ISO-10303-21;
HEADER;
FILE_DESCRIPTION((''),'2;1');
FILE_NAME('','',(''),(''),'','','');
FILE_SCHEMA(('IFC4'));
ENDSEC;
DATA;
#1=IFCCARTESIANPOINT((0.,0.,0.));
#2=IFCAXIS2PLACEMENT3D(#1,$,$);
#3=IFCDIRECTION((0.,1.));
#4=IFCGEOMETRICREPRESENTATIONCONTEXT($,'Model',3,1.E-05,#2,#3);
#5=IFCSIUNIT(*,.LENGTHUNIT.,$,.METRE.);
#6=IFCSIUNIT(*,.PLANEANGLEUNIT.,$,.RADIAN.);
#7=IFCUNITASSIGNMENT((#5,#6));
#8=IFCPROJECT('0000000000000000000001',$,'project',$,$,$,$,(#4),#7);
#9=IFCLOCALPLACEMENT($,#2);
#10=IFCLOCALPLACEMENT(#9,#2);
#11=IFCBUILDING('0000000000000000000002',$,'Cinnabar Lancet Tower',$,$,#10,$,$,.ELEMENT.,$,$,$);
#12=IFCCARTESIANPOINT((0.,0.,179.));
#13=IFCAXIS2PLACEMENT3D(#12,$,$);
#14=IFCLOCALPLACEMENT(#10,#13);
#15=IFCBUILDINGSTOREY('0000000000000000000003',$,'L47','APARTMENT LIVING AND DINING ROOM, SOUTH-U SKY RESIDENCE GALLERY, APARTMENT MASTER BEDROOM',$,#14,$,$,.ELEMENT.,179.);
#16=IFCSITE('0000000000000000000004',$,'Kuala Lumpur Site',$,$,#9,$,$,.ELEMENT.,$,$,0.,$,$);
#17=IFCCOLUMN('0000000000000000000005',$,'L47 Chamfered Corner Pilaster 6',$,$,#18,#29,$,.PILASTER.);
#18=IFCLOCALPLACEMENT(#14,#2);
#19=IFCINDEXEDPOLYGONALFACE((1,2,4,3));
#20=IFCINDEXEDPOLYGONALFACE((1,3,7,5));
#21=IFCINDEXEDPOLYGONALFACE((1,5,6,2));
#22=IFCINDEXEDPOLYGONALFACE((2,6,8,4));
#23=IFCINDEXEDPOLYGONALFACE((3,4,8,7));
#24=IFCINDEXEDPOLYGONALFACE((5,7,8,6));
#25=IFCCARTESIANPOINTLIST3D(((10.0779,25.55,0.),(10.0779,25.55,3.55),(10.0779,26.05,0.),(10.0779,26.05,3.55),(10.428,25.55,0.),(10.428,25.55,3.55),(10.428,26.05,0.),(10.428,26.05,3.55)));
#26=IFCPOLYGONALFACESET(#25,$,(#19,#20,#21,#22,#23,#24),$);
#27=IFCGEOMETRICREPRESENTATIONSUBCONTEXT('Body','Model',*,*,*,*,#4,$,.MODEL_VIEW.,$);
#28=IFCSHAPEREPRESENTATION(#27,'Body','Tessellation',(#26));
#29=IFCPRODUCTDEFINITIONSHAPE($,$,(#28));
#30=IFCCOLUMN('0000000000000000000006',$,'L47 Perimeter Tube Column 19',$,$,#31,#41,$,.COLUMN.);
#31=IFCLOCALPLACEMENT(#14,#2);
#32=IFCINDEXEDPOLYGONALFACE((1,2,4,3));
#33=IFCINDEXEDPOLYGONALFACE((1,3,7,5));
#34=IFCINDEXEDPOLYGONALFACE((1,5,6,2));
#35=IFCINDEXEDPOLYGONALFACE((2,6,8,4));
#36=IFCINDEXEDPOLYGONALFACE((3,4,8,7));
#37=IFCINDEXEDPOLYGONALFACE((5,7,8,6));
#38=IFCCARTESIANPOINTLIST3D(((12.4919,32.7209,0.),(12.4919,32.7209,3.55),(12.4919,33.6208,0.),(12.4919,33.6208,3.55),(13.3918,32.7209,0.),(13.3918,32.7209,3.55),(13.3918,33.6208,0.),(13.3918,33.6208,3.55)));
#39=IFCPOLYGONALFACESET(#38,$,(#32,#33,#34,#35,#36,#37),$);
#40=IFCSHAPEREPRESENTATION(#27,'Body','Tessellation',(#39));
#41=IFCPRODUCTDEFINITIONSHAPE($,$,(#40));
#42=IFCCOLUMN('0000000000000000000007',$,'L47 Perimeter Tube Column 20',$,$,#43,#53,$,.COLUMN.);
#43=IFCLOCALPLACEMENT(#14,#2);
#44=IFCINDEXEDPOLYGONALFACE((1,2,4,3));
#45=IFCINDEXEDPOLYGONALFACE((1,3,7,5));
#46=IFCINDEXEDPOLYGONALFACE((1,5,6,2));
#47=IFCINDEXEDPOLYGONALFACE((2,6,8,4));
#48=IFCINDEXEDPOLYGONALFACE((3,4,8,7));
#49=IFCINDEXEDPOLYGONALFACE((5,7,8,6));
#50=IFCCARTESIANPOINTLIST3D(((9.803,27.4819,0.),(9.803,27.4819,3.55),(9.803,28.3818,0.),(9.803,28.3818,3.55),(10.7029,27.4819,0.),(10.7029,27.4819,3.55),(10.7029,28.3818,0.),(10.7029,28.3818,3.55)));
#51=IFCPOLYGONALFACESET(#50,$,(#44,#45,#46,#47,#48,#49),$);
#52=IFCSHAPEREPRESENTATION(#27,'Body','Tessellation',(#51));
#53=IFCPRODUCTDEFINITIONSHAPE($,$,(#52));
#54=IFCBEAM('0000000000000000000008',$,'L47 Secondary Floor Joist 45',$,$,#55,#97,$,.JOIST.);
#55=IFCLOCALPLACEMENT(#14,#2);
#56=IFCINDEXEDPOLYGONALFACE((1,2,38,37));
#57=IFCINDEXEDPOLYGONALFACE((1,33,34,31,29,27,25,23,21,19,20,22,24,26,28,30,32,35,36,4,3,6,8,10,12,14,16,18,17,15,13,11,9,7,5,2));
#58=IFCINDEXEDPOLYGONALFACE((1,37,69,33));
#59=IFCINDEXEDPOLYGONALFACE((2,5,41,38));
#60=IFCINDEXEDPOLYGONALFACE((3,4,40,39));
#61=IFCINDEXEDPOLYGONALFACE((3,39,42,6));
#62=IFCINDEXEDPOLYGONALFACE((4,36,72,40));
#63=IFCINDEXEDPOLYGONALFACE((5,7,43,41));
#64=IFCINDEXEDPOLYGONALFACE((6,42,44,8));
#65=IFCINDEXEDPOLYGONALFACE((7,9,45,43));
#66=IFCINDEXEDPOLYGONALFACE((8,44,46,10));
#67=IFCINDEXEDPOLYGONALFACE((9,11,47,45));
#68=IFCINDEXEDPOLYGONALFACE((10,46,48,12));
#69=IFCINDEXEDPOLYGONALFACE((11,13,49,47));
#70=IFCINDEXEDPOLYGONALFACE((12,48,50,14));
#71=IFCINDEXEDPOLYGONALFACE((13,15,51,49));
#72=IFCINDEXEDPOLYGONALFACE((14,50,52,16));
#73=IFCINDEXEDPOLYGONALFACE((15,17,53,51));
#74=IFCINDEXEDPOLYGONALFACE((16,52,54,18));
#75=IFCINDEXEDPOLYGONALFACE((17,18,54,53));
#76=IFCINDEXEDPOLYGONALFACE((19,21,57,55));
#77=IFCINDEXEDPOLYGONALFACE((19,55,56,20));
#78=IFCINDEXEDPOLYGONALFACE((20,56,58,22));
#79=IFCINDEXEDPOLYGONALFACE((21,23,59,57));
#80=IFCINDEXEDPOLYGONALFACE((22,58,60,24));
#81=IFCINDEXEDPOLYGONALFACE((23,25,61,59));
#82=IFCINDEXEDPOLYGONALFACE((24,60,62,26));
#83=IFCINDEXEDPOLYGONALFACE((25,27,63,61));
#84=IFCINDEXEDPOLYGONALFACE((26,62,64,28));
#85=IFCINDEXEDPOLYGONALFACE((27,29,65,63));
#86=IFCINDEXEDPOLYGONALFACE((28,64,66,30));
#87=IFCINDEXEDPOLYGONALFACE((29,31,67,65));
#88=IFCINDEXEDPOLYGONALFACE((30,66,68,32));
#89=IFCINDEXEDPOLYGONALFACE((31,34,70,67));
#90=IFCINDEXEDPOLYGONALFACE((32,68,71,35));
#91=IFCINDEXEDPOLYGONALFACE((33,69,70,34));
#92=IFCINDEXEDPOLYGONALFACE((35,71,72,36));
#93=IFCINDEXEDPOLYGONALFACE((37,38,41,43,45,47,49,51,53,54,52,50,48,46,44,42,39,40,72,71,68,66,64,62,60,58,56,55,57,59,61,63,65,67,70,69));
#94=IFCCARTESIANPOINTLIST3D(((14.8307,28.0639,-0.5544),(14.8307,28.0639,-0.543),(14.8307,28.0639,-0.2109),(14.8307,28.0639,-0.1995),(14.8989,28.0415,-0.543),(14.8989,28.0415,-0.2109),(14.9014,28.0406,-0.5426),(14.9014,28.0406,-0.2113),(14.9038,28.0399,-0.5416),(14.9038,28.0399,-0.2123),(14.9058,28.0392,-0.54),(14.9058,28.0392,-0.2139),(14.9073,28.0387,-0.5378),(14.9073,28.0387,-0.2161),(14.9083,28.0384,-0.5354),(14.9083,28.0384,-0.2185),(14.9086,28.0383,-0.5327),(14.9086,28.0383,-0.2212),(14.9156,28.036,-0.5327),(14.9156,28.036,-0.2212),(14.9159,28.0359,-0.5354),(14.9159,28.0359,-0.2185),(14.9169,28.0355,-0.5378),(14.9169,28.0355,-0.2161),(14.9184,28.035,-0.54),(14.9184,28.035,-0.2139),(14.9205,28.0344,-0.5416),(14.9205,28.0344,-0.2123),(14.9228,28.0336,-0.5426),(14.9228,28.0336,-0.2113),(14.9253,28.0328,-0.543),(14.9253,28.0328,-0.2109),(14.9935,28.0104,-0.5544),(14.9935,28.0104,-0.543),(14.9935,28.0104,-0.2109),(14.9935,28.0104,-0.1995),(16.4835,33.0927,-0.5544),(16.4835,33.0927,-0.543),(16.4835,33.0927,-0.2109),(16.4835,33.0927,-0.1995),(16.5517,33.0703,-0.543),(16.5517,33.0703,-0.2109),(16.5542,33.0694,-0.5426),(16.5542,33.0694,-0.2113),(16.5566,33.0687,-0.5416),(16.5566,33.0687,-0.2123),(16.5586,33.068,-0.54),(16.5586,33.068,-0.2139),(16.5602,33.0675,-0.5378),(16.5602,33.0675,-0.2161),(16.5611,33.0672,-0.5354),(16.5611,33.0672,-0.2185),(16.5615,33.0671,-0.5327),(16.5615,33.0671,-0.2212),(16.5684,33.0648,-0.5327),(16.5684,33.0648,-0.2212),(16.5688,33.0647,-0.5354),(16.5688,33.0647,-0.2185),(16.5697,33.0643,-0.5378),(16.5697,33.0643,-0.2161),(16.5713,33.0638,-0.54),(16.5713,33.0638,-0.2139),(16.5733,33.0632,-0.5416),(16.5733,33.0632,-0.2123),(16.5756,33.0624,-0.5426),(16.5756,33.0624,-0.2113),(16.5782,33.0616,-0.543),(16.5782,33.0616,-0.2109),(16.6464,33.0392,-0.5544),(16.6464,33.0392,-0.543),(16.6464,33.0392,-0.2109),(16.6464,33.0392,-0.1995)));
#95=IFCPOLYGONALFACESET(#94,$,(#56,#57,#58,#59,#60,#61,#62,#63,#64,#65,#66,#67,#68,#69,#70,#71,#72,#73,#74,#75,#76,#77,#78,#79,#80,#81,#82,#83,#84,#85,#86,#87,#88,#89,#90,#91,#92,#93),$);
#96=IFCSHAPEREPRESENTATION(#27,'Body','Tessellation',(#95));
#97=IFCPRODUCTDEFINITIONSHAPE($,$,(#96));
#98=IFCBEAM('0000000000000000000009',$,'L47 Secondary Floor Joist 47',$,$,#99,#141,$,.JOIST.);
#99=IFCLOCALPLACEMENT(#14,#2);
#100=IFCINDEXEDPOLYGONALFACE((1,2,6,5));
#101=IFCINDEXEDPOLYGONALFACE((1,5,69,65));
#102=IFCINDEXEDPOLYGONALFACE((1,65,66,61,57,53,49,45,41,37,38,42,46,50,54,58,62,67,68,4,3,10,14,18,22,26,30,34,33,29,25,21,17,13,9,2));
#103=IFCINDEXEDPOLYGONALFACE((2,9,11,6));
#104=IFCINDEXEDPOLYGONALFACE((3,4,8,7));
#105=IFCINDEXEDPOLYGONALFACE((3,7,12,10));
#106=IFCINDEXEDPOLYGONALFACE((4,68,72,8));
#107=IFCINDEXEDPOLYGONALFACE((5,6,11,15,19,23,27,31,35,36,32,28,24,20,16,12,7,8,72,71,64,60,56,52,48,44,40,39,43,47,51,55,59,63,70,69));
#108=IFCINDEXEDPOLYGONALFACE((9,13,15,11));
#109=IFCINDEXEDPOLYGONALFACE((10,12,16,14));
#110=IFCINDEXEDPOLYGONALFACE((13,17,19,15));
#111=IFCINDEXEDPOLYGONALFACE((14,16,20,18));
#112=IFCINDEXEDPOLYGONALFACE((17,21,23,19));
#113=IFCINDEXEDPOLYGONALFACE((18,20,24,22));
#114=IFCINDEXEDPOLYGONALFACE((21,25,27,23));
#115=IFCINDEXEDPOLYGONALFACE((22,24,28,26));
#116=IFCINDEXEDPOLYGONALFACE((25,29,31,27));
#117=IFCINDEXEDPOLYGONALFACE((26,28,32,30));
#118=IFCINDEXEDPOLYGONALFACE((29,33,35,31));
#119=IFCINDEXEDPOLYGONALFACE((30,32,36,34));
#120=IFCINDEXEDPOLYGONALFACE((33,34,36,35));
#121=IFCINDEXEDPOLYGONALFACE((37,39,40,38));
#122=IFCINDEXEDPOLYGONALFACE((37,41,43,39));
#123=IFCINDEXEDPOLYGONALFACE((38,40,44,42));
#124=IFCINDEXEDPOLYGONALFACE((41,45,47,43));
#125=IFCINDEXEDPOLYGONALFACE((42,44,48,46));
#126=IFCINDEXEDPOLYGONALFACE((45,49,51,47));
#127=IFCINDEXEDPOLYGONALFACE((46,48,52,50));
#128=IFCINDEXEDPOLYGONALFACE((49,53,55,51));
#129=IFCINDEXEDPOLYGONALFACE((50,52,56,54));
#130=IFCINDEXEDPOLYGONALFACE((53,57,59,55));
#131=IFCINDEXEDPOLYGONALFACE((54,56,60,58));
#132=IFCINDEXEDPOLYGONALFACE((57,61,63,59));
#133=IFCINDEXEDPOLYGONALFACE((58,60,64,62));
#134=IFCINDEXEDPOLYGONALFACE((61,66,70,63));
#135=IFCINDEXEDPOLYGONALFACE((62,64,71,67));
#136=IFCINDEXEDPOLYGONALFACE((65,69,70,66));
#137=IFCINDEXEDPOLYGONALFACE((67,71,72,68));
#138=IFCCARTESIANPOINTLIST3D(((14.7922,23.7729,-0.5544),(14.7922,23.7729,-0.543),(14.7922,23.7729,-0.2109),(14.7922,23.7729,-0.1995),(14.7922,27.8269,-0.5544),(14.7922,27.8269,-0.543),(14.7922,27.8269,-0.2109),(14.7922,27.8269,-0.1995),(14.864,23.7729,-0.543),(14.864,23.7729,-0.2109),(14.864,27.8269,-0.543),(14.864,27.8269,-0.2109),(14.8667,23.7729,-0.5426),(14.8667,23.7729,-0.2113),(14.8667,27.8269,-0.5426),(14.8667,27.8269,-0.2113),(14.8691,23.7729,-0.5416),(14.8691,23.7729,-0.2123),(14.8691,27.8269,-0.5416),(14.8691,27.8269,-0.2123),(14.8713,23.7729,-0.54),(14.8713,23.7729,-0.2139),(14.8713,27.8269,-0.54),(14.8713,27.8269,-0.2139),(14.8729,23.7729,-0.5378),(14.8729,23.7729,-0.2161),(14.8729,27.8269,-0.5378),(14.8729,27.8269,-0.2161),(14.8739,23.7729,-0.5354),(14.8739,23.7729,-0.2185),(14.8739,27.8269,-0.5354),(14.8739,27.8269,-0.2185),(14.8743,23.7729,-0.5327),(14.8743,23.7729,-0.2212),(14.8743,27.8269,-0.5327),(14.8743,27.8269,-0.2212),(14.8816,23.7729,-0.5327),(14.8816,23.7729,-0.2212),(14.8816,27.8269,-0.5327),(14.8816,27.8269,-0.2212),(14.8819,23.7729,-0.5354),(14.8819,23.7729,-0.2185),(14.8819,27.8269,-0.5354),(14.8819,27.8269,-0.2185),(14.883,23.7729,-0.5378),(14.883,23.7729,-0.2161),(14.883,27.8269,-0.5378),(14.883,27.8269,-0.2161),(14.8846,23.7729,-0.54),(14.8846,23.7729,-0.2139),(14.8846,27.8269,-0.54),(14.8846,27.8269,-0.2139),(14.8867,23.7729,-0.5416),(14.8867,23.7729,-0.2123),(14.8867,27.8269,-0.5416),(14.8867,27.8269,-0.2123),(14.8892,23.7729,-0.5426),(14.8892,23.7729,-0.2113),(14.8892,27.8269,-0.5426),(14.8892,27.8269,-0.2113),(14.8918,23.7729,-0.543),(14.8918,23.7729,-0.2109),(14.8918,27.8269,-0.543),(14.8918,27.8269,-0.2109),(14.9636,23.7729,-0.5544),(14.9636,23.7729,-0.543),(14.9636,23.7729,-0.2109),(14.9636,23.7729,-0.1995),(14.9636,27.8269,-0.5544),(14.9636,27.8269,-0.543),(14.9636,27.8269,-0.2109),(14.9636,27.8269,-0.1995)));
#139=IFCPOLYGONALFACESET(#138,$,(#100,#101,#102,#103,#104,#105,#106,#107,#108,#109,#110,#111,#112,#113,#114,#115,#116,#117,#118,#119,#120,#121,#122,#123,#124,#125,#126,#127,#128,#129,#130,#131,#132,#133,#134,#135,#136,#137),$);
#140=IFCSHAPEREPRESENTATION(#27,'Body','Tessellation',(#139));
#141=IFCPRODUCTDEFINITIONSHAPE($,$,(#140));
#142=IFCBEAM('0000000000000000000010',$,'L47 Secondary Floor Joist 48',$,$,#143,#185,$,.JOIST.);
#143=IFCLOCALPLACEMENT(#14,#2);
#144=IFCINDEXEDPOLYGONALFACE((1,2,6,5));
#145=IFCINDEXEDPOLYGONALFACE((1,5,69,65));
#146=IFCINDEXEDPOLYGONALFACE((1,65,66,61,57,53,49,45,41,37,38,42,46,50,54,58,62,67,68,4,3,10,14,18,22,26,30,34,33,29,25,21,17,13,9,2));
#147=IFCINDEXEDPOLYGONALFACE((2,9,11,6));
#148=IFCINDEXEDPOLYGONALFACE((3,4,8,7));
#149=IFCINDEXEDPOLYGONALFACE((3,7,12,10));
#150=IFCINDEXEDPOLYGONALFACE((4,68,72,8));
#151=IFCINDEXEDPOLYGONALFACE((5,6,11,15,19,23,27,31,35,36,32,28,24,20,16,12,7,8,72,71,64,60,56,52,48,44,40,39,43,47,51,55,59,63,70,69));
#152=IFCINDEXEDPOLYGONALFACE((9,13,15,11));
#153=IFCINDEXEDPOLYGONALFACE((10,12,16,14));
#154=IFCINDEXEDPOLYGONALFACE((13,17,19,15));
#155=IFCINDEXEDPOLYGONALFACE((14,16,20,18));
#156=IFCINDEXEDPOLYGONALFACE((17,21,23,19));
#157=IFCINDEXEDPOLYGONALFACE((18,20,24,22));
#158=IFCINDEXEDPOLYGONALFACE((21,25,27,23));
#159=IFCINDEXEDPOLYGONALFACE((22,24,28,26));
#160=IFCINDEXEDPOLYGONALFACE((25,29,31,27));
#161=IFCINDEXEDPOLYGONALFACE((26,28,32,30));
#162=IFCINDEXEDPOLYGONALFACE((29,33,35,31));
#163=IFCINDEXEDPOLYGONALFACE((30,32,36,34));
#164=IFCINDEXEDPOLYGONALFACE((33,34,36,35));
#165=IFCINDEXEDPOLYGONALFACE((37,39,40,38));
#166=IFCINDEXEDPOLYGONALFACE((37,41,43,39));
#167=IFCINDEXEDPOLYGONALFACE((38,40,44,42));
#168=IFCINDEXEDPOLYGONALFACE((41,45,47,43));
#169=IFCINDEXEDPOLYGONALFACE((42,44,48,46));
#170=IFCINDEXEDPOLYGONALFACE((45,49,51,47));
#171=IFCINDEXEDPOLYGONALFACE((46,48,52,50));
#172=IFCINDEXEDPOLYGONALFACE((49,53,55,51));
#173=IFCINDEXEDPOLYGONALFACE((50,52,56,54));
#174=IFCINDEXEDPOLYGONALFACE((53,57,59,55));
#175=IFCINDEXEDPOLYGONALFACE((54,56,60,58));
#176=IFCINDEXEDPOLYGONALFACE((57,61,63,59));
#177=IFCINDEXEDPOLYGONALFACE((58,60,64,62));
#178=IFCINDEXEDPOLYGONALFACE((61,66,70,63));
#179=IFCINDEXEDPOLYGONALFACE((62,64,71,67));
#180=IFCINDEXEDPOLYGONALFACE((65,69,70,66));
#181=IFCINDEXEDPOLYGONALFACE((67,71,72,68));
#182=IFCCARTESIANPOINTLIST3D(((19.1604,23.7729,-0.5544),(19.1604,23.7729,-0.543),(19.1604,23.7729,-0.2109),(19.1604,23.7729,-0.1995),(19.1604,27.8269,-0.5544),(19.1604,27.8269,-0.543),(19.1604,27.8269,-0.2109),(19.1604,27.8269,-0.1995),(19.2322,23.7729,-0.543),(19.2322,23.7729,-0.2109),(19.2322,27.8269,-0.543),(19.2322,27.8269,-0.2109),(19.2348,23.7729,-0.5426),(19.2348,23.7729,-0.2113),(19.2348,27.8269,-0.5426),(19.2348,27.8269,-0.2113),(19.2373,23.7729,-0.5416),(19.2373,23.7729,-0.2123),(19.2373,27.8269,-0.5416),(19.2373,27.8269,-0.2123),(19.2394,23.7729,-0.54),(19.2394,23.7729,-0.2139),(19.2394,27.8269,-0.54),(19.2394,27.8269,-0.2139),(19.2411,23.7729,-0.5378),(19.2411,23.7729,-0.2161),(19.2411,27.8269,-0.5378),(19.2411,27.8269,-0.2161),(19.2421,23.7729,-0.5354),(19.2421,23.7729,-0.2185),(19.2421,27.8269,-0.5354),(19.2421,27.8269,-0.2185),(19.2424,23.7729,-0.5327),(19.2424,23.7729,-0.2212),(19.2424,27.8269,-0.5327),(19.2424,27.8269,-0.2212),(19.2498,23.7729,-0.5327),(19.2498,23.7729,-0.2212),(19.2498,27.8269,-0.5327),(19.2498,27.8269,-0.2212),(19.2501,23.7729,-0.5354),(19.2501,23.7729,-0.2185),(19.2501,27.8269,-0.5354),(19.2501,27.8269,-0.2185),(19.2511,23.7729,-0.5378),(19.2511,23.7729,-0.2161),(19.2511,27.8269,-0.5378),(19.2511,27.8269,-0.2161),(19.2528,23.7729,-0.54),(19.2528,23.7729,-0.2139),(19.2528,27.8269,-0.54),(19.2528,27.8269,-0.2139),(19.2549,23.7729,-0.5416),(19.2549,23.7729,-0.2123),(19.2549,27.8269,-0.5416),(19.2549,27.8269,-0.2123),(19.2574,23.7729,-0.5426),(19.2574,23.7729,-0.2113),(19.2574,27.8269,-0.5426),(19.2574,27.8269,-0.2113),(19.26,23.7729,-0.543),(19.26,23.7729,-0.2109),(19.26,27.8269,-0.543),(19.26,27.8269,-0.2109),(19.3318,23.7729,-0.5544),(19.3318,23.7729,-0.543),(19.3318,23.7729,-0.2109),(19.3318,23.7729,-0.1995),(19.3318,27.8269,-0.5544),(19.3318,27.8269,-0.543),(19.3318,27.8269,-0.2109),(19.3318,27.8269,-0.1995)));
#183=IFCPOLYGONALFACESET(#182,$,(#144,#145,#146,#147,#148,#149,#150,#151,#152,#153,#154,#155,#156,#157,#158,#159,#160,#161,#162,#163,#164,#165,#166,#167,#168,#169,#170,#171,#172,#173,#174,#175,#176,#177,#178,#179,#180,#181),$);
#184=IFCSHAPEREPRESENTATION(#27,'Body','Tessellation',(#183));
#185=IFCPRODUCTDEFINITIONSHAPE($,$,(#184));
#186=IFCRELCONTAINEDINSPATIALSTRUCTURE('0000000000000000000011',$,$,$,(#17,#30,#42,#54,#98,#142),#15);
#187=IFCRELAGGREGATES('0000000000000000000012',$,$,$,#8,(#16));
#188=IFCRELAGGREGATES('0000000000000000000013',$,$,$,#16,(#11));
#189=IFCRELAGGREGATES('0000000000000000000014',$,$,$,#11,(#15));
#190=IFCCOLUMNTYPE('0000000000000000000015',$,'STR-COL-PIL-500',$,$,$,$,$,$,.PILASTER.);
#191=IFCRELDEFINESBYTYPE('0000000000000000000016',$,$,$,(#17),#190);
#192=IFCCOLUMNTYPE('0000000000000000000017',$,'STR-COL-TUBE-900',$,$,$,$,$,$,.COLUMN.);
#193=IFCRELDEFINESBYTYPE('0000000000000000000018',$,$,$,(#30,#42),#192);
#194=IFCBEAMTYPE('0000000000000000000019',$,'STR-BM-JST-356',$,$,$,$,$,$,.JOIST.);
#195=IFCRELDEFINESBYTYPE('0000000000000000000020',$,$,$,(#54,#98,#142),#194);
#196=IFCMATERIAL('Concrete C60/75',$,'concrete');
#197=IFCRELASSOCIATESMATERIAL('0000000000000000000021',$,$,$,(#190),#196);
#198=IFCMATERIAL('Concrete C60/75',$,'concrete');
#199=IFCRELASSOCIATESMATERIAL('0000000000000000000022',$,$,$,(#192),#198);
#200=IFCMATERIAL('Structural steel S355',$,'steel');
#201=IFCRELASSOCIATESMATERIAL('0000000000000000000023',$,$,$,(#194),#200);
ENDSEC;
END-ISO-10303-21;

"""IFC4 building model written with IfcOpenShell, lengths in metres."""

from ifc_helpers import new_model, si_unit, direction, frame, origin, origin_2d, place, context, subcontext, project, spatial, rectangle, i_section, extrude, material, material_profile, profile_set, type_object, element, save


model = new_model("IFC4")

# Units and contexts
model_context = context("Model", 3, precision=1e-05, world=origin(), true_north=direction((0.0, 1.0)))
body_context = subcontext(model_context, "Body", "Model", "MODEL_VIEW")
ifc_project = project(units=[si_unit("LENGTHUNIT", "METRE"), si_unit("PLANEANGLEUNIT", "RADIAN")], contexts=[model_context])

# Site, building, storey
site_placement = place(None, origin())
site = spatial("IfcSite", under=ifc_project, at=site_placement, Name="Kuala Lumpur Site", CompositionType="ELEMENT", RefElevation=0.0)
building_placement = place(site_placement, origin())
building = spatial("IfcBuilding", under=site, at=building_placement, Name="Cinnabar Lancet Tower", CompositionType="ELEMENT")
storey_placement = place(building_placement, frame((0.0, 0.0, 179.0)))
storey = spatial("IfcBuildingStorey", under=building, at=storey_placement, Name="L47", Description="APARTMENT LIVING AND DINING ROOM, SOUTH-U SKY RESIDENCE GALLERY, APARTMENT MASTER BEDROOM", CompositionType="ELEMENT", Elevation=179.0)

# Columns
ifc_material_1 = material(Name="Concrete C60/75", Category="concrete")
ifc_material_profile_1 = material_profile(ifc_material_1, rectangle(XDim=0.5, YDim=0.3501, at=origin_2d()), Name="RC-PIL 500x350")
ifc_profile_set_1 = profile_set([ifc_material_profile_1], Name="Concrete C60/75")
column_type_1 = type_object("IfcColumnType", Name="STR-COL-PIL-500", PredefinedType="PILASTER", material=ifc_profile_set_1)
column_placement = place(storey_placement, frame((10.2529, 25.8, 0.0), z_axis=(0.0, 0.0, 1.0), x_axis=(0.0, -1.0, 0.0)))
element("IfcColumn", 1, at=column_placement, inside=storey, type_object=column_type_1, Name="L47 Chamfered Corner Pilaster 6", PredefinedType="PILASTER", context=body_context, shape_type="SweptSolid", body=[
    extrude(rectangle(XDim=0.5, YDim=0.3501, at=origin_2d()), origin(), (0.0, 0.0, 1.0), 3.55),
])
ifc_material_2 = material(Name="Concrete C60/75", Category="concrete")
ifc_material_profile_2 = material_profile(ifc_material_2, rectangle(XDim=0.8999, YDim=0.8999, at=origin_2d()), Name="RC-COL 900x900")
ifc_profile_set_2 = profile_set([ifc_material_profile_2], Name="Concrete C60/75")
column_type_2 = type_object("IfcColumnType", Name="STR-COL-TUBE-900", PredefinedType="COLUMN", material=ifc_profile_set_2)
for number, where, z_axis, x_axis, name in (
    (2, (12.9419, 33.1709, 0.0), (0.0, 0.0, 1.0), (1.0, 0.0, 0.0), "L47 Perimeter Tube Column 19"),
    (3, (10.2529, 27.9319, 0.0), (0.0, 0.0, 1.0), (1.0, 0.0, 0.0), "L47 Perimeter Tube Column 20"),
):
    element("IfcColumn", number, at=place(storey_placement, frame(where, z_axis=z_axis, x_axis=x_axis)), inside=storey, type_object=column_type_2, Name=name, PredefinedType="COLUMN", context=body_context, shape_type="SweptSolid", body=[
        extrude(rectangle(XDim=0.8999, YDim=0.8999, at=origin_2d()), origin(), (0.0, 0.0, 1.0), 3.55),
    ])

# Beams
ifc_material_3 = material(Name="Structural steel S355", Category="steel")
ifc_material_profile_3 = material_profile(ifc_material_3, i_section(OverallWidth=0.1714, OverallDepth=0.355, WebThickness=0.0073, FlangeThickness=0.0115, FilletRadius=0.0103, at=origin_2d()), Name="UKB 356x171x51")
ifc_profile_set_3 = profile_set([ifc_material_profile_3], Name="Structural steel S355")
beam_type_1 = type_object("IfcBeamType", Name="STR-BM-JST-356", PredefinedType="JOIST", material=ifc_profile_set_3)
beam_1_placement = place(storey_placement, frame((16.5649, 33.0659, -0.377), z_axis=(-0.31224, -0.950003, 0.0), x_axis=(0.950003, -0.31224, 0.0)))
element("IfcBeam", 4, at=beam_1_placement, inside=storey, type_object=beam_type_1, Name="L47 Secondary Floor Joist 45", PredefinedType="JOIST", context=body_context, shape_type="SweptSolid", body=[
    extrude(i_section(OverallWidth=0.1714, OverallDepth=0.355, WebThickness=0.0073, FlangeThickness=0.0115, FilletRadius=0.0103, at=origin_2d()), origin(), (0.0, 0.0, 1.0), 5.2935),
])
for number, where, z_axis, x_axis, name in (
    (5, (14.8779, 27.8269, -0.377), (0.0, -1.0, 0.0), (1.0, 0.0, 0.0), "L47 Secondary Floor Joist 47"),
    (6, (19.2461, 27.8269, -0.377), (0.0, -1.0, 0.0), (1.0, 0.0, 0.0), "L47 Secondary Floor Joist 48"),
):
    element("IfcBeam", number, at=place(storey_placement, frame(where, z_axis=z_axis, x_axis=x_axis)), inside=storey, type_object=beam_type_1, Name=name, PredefinedType="JOIST", context=body_context, shape_type="SweptSolid", body=[
        extrude(i_section(OverallWidth=0.1714, OverallDepth=0.355, WebThickness=0.0073, FlangeThickness=0.0115, FilletRadius=0.0103, at=origin_2d()), origin(), (0.0, 0.0, 1.0), 4.054),
    ])

save(model, "model.ifc")
